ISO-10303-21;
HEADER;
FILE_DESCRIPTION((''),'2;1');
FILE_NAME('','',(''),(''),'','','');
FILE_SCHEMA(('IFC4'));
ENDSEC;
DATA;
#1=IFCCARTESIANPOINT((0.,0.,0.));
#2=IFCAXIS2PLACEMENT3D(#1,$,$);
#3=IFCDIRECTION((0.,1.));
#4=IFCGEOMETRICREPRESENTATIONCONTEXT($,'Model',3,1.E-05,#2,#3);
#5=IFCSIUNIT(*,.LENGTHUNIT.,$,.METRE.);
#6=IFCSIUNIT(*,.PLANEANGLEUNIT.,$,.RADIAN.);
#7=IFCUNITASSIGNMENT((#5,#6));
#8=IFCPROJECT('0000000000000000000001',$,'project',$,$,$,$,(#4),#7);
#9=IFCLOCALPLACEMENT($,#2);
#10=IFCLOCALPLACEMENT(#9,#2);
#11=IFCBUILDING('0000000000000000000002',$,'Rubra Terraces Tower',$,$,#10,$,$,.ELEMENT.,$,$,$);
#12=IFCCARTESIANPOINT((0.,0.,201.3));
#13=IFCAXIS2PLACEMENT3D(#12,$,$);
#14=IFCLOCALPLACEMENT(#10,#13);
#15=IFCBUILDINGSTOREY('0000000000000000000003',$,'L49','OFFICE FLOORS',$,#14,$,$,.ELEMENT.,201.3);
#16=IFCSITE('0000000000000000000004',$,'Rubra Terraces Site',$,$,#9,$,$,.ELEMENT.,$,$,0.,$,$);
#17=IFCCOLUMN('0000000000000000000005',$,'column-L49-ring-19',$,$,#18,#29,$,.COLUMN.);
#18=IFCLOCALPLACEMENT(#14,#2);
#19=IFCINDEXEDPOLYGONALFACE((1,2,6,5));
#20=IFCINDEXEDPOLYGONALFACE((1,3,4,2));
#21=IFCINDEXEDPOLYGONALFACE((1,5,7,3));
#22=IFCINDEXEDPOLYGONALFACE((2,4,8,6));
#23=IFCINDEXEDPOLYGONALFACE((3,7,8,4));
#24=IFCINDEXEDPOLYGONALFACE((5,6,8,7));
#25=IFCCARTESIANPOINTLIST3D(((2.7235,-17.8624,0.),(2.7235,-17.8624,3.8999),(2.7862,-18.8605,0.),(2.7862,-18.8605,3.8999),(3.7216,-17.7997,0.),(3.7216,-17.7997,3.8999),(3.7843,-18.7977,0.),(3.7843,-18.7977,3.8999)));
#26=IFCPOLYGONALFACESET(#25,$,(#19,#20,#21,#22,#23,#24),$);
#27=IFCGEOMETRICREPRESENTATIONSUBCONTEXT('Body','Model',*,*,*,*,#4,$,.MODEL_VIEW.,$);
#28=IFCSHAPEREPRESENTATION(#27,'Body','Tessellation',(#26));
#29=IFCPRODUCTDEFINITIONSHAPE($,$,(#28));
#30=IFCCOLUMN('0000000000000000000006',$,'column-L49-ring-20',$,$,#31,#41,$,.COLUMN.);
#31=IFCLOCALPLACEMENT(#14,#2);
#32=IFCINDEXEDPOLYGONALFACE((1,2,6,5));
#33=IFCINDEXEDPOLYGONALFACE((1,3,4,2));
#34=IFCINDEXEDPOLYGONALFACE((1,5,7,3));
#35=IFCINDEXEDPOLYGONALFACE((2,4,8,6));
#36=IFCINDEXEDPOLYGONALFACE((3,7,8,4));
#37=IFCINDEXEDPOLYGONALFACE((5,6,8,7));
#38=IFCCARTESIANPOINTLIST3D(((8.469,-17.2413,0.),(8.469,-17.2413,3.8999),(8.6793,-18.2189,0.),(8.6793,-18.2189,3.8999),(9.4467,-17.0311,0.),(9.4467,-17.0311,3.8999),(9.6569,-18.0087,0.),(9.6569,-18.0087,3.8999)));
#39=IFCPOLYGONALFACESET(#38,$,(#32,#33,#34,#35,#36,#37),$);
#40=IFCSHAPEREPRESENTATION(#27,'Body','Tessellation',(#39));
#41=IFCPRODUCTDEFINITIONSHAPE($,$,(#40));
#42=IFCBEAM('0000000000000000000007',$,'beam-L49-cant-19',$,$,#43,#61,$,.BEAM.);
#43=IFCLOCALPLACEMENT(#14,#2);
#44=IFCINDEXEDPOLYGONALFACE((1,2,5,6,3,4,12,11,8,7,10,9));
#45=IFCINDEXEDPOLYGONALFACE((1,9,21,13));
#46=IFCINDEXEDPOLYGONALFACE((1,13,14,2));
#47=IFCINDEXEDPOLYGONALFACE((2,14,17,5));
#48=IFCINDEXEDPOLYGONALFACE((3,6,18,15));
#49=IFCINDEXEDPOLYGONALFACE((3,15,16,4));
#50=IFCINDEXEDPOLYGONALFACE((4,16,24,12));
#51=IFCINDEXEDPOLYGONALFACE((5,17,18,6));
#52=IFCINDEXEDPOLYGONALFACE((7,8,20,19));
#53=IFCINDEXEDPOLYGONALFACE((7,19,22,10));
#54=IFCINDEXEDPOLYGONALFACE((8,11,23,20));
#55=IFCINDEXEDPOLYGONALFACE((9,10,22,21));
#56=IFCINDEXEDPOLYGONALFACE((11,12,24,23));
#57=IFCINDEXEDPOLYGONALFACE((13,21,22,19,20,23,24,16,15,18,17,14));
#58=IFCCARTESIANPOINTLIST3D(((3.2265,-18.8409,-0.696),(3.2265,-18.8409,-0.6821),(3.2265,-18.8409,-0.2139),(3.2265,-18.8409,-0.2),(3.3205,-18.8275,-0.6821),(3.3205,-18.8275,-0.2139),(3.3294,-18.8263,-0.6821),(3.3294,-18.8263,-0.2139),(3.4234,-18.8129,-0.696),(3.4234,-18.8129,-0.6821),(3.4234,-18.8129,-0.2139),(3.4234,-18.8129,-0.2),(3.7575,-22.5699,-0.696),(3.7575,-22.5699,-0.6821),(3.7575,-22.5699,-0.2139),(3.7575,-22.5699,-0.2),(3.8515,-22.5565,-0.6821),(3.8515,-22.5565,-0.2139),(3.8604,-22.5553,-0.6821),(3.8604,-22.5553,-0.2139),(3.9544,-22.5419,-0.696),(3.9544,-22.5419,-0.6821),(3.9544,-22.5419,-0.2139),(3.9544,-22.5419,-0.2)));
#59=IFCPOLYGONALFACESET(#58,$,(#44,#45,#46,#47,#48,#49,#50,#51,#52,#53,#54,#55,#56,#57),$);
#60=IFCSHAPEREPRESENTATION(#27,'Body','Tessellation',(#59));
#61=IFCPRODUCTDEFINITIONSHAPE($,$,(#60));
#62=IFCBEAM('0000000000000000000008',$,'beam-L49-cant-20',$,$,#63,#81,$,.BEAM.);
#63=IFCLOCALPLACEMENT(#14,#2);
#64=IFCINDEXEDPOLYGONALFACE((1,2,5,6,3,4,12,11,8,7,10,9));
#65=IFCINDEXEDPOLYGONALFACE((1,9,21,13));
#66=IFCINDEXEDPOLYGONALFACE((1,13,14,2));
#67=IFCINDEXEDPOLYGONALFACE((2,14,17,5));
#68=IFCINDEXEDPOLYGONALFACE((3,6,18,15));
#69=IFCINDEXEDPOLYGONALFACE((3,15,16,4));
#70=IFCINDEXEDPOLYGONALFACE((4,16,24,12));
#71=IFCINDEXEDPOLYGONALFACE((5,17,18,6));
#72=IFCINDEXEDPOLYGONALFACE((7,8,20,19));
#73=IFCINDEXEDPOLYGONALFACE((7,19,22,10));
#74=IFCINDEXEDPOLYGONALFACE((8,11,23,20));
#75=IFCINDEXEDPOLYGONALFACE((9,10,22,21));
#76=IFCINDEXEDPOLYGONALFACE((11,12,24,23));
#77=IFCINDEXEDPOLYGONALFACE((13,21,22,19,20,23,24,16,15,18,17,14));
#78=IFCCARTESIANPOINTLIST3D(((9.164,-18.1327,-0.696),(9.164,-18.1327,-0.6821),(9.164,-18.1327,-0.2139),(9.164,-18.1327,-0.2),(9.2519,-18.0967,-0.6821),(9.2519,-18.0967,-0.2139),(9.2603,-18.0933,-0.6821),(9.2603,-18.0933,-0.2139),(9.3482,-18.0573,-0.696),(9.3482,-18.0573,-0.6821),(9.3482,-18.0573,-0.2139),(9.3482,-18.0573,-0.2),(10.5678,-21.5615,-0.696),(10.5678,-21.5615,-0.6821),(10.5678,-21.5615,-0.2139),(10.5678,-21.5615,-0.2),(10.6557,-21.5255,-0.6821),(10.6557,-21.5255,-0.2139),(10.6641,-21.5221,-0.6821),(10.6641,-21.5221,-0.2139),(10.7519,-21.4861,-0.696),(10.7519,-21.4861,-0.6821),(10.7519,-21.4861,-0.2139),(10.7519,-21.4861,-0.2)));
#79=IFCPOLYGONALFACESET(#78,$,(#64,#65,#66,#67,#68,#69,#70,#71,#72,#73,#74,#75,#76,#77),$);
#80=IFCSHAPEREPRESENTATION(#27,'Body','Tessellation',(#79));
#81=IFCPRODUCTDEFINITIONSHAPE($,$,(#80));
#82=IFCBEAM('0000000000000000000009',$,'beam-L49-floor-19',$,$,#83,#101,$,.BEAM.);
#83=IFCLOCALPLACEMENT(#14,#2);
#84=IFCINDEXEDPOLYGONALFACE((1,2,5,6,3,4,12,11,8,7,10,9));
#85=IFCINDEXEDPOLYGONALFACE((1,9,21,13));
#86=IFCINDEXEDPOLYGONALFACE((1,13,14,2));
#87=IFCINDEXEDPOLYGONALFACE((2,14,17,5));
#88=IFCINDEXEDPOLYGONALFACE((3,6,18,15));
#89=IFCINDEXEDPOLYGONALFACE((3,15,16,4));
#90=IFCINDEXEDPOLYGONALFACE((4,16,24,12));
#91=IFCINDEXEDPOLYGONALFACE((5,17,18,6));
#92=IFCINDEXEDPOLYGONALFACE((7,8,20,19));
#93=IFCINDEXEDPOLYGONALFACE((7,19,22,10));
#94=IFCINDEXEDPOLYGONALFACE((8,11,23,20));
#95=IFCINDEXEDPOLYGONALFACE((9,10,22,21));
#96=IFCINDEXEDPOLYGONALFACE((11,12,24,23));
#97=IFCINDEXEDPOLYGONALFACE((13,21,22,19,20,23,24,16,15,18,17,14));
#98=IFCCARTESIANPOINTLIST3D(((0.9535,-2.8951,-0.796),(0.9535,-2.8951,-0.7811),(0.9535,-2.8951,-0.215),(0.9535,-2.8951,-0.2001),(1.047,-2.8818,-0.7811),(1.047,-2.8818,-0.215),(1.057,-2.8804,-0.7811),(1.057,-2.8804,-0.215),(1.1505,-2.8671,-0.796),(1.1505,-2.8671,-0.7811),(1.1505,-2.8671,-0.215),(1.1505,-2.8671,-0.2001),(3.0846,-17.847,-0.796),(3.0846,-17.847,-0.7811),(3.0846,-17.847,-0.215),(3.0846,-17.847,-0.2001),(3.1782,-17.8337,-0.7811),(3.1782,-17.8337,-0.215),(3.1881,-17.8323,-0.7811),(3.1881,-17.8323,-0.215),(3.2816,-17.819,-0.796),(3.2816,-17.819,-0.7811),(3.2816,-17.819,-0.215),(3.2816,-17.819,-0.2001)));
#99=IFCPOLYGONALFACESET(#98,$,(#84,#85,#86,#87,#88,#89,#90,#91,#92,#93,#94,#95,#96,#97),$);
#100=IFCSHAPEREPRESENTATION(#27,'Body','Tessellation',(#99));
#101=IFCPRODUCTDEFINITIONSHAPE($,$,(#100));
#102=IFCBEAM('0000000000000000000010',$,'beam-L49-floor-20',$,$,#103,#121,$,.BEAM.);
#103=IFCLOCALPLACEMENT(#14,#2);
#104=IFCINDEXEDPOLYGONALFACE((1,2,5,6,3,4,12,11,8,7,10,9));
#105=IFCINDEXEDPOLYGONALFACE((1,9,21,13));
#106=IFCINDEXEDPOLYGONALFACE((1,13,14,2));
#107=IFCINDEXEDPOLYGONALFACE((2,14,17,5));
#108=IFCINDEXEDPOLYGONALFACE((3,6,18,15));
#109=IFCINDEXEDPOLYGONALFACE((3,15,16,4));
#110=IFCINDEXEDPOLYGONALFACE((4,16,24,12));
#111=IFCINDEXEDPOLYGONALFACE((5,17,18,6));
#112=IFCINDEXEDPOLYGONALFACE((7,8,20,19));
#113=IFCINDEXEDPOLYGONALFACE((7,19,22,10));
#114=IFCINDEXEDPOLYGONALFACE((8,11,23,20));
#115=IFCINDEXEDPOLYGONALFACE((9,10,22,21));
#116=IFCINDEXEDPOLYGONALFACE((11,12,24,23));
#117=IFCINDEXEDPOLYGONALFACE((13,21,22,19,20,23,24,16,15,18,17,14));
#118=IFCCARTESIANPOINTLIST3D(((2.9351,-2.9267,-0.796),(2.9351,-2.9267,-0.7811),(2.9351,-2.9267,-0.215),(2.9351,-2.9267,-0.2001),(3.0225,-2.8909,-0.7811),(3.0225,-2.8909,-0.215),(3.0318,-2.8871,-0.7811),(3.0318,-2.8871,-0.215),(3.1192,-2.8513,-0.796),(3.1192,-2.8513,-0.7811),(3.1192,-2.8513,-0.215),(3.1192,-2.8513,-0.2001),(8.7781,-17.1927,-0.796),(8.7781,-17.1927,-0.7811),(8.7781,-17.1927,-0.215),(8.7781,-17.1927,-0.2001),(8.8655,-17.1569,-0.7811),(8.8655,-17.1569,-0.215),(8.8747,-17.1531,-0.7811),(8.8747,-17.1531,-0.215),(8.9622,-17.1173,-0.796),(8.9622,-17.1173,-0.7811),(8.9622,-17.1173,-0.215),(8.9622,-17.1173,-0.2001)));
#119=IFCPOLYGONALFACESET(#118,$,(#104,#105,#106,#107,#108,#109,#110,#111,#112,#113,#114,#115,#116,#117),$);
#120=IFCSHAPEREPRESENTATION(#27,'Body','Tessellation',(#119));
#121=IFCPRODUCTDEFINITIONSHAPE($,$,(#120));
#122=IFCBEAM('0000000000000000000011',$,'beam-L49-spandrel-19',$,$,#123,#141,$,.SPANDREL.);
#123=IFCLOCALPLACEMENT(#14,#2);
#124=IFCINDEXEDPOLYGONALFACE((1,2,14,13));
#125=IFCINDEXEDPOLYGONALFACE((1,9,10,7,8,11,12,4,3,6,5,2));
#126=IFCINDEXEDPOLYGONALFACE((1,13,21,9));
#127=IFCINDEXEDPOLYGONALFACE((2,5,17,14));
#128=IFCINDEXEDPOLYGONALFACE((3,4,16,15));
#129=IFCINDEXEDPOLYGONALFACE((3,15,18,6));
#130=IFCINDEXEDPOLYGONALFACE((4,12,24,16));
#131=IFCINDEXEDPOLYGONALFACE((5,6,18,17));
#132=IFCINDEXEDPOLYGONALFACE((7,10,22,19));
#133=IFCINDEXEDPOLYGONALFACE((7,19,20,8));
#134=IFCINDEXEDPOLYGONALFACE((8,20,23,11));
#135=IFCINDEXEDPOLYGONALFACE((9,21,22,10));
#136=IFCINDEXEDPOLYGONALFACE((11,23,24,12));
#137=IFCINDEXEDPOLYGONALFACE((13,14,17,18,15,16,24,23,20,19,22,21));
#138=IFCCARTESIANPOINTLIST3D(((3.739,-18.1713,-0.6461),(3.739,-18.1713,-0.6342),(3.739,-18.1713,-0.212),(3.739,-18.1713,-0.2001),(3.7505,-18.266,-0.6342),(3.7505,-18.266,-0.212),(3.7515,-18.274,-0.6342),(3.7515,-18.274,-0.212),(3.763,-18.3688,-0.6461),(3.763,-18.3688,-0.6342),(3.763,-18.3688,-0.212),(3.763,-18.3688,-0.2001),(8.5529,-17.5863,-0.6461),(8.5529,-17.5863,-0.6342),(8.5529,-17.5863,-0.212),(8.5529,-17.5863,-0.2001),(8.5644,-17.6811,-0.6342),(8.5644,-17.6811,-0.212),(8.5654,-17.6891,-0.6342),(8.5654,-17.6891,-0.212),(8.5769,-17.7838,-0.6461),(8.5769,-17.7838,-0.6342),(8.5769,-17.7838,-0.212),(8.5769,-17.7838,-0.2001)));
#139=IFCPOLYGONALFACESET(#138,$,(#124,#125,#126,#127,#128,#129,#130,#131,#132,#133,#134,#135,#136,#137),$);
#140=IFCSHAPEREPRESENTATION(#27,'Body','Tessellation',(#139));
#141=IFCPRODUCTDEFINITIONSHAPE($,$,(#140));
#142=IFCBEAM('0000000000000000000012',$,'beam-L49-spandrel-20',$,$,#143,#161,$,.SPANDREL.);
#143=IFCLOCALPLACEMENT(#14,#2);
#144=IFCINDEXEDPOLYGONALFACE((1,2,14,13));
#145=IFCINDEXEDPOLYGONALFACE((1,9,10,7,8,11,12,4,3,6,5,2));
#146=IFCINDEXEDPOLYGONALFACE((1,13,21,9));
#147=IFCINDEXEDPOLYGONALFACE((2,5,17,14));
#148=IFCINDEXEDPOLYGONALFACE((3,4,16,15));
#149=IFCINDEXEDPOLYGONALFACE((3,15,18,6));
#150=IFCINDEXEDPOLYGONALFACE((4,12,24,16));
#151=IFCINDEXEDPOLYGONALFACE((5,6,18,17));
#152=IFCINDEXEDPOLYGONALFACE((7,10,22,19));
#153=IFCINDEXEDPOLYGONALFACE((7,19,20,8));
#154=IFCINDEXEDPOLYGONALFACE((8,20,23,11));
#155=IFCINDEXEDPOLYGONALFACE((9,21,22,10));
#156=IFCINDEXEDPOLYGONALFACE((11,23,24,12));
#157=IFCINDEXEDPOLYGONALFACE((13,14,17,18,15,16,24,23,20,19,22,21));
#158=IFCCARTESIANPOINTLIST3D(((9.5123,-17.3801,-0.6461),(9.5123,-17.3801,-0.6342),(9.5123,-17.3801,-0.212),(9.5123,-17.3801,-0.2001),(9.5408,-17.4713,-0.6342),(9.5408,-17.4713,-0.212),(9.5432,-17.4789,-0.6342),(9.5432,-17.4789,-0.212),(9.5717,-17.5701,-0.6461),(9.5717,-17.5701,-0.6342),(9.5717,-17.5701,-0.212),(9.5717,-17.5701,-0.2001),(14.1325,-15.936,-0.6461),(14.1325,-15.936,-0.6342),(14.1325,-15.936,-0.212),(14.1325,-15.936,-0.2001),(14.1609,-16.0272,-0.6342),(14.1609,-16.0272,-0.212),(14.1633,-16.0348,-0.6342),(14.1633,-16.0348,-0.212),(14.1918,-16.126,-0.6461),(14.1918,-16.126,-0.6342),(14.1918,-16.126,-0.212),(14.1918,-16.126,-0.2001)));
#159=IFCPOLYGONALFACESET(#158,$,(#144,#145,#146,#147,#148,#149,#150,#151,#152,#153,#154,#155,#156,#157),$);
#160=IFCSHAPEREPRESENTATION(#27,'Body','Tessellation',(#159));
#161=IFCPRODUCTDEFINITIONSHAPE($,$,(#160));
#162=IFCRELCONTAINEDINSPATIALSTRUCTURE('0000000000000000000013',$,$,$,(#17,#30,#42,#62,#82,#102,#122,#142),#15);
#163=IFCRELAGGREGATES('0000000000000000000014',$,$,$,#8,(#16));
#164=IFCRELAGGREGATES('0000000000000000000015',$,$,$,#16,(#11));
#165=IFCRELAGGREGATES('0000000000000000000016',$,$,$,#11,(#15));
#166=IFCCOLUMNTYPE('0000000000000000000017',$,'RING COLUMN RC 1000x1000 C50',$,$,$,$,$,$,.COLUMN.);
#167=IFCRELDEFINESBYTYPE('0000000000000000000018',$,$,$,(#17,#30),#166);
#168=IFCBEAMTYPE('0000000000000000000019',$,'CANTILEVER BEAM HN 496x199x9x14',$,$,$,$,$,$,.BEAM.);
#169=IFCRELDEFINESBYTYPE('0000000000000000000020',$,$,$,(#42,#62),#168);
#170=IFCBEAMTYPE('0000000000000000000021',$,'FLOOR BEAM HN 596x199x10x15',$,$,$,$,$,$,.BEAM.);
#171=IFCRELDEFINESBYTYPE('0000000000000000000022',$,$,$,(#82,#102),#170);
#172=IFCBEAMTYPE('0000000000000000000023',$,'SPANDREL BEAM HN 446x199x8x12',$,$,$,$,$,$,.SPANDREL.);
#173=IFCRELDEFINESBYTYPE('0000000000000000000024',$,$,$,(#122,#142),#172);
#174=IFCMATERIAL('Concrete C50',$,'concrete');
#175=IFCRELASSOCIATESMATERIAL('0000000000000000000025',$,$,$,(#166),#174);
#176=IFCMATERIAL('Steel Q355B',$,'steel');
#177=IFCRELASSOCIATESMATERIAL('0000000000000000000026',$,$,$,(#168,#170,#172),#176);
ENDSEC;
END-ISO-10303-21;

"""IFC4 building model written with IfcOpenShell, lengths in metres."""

from ifc_helpers import new_model, si_unit, direction, frame, origin, origin_2d, place, context, subcontext, project, spatial, rectangle, i_section, extrude, material, material_profile, profile_set, type_object, element, save


model = new_model("IFC4")

# Units and contexts
model_context = context("Model", 3, precision=1e-05, world=origin(), true_north=direction((0.0, 1.0)))
body_context = subcontext(model_context, "Body", "Model", "MODEL_VIEW")
ifc_project = project(units=[si_unit("LENGTHUNIT", "METRE"), si_unit("PLANEANGLEUNIT", "RADIAN")], contexts=[model_context])

# Site, building, storey
site_placement = place(None, origin())
site = spatial("IfcSite", under=ifc_project, at=site_placement, Name="Rubra Terraces Site", CompositionType="ELEMENT", RefElevation=0.0)
building_placement = place(site_placement, origin())
building = spatial("IfcBuilding", under=site, at=building_placement, Name="Rubra Terraces Tower", CompositionType="ELEMENT")
storey_placement = place(building_placement, frame((0.0, 0.0, 201.3)))
storey = spatial("IfcBuildingStorey", under=building, at=storey_placement, Name="L49", Description="OFFICE FLOORS", CompositionType="ELEMENT", Elevation=201.3)

# Columns
ifc_material_1 = material(Name="Concrete C50", Category="concrete")
ifc_material_profile_1 = material_profile(ifc_material_1, rectangle(XDim=1.0, YDim=1.0, at=origin_2d()), Name="RC 1000x1000")
ifc_profile_set_1 = profile_set([ifc_material_profile_1], Name="Concrete C50")
column_type = type_object("IfcColumnType", Name="RING COLUMN RC 1000x1000 C50", PredefinedType="COLUMN", material=ifc_profile_set_1)
for number, where, z_axis, x_axis, name in (
    (1, (3.2539, -18.3301, 0.0), (0.0, 0.0, 1.0), (0.998032, 0.062714, 0.0), "column-L49-ring-19"),
    (2, (9.063, -17.625, 0.0), (0.0, 0.0, 1.0), (0.977653, 0.210227, 0.0), "column-L49-ring-20"),
):
    element("IfcColumn", number, at=place(storey_placement, frame(where, z_axis=z_axis, x_axis=x_axis)), inside=storey, type_object=column_type, Name=name, PredefinedType="COLUMN", context=body_context, shape_type="SweptSolid", body=[
        extrude(rectangle(XDim=1.0, YDim=1.0, at=origin_2d()), origin(), (0.0, 0.0, 1.0), 3.8999),
    ])

# Beams
ifc_material_2 = material(Name="Steel Q355B", Category="steel")
ifc_material_profile_2 = material_profile(ifc_material_2, i_section(OverallWidth=0.199, OverallDepth=0.4961, WebThickness=0.009, FlangeThickness=0.0139, at=origin_2d()), Name="HN 496x199x9x14")
ifc_profile_set_2 = profile_set([ifc_material_profile_2], Name="Steel Q355B")
beam_type_1 = type_object("IfcBeamType", Name="CANTILEVER BEAM HN 496x199x9x14", PredefinedType="BEAM", material=ifc_profile_set_2)
beam_1_placement = place(storey_placement, frame((3.325, -18.8269, -0.448), z_axis=(0.140977, -0.990013, 0.0), x_axis=(0.990013, 0.140977, 0.0)))
element("IfcBeam", 3, at=beam_1_placement, inside=storey, type_object=beam_type_1, Name="beam-L49-cant-19", PredefinedType="BEAM", context=body_context, shape_type="SweptSolid", body=[
    extrude(i_section(OverallWidth=0.199, OverallDepth=0.4961, WebThickness=0.009, FlangeThickness=0.0139, at=origin_2d()), origin(), (0.0, 0.0, 1.0), 3.7666),
])
beam_2_placement = place(storey_placement, frame((9.2561, -18.095, -0.448), z_axis=(0.378877, -0.925447, 0.0), x_axis=(0.925447, 0.378877, 0.0)))
element("IfcBeam", 4, at=beam_2_placement, inside=storey, type_object=beam_type_1, Name="beam-L49-cant-20", PredefinedType="BEAM", context=body_context, shape_type="SweptSolid", body=[
    extrude(i_section(OverallWidth=0.199, OverallDepth=0.4961, WebThickness=0.009, FlangeThickness=0.0139, at=origin_2d()), origin(), (0.0, 0.0, 1.0), 3.7051),
])
ifc_material_profile_3 = material_profile(ifc_material_2, i_section(OverallWidth=0.199, OverallDepth=0.5959, WebThickness=0.01, FlangeThickness=0.0149, at=origin_2d()), Name="HN 596x199x10x15")
ifc_profile_set_3 = profile_set([ifc_material_profile_3], Name="Steel Q355B")
beam_type_2 = type_object("IfcBeamType", Name="FLOOR BEAM HN 596x199x10x15", PredefinedType="BEAM", material=ifc_profile_set_3)
beam_3_placement = place(storey_placement, frame((3.1831, -17.833, -0.498), z_axis=(-0.141105, 0.989995, 0.0), x_axis=(-0.989995, -0.141105, 0.0)))
element("IfcBeam", 5, at=beam_3_placement, inside=storey, type_object=beam_type_2, Name="beam-L49-floor-19", PredefinedType="BEAM", context=body_context, shape_type="SweptSolid", body=[
    extrude(i_section(OverallWidth=0.199, OverallDepth=0.5959, WebThickness=0.01, FlangeThickness=0.0149, at=origin_2d()), origin(), (0.0, 0.0, 1.0), 15.103),
])
beam_4_placement = place(storey_placement, frame((8.8701, -17.155, -0.498), z_axis=(-0.379015, 0.92539, 0.0), x_axis=(-0.92539, -0.379015, 0.0)))
element("IfcBeam", 6, at=beam_4_placement, inside=storey, type_object=beam_type_2, Name="beam-L49-floor-20", PredefinedType="BEAM", context=body_context, shape_type="SweptSolid", body=[
    extrude(i_section(OverallWidth=0.199, OverallDepth=0.5959, WebThickness=0.01, FlangeThickness=0.0149, at=origin_2d()), origin(), (0.0, 0.0, 1.0), 15.4163),
])
ifc_material_profile_4 = material_profile(ifc_material_2, i_section(OverallWidth=0.199, OverallDepth=0.446, WebThickness=0.0081, FlangeThickness=0.012, at=origin_2d()), Name="HN 446x199x8x12")
ifc_profile_set_4 = profile_set([ifc_material_profile_4], Name="Steel Q355B")
beam_type_3 = type_object("IfcBeamType", Name="SPANDREL BEAM HN 446x199x8x12", PredefinedType="SPANDREL", material=ifc_profile_set_4)
beam_5_placement = place(storey_placement, frame((3.751, -18.27, -0.4231), z_axis=(0.992698, 0.120626, 0.0), x_axis=(-0.120626, 0.992698, 0.0)))
element("IfcBeam", 7, at=beam_5_placement, inside=storey, type_object=beam_type_3, Name="beam-L49-spandrel-19", PredefinedType="SPANDREL", context=body_context, shape_type="SweptSolid", body=[
    extrude(i_section(OverallWidth=0.199, OverallDepth=0.446, WebThickness=0.0081, FlangeThickness=0.012, at=origin_2d()), origin(), (0.0, 0.0, 1.0), 4.8494),
])
beam_6_placement = place(storey_placement, frame((9.542, -17.4751, -0.4231), z_axis=(0.954462, 0.298332, 0.0), x_axis=(-0.298332, 0.954462, 0.0)))
element("IfcBeam", 8, at=beam_6_placement, inside=storey, type_object=beam_type_3, Name="beam-L49-spandrel-20", PredefinedType="SPANDREL", context=body_context, shape_type="SweptSolid", body=[
    extrude(i_section(OverallWidth=0.199, OverallDepth=0.446, WebThickness=0.0081, FlangeThickness=0.012, at=origin_2d()), origin(), (0.0, 0.0, 1.0), 4.8406),
])

save(model, "model.ifc")
